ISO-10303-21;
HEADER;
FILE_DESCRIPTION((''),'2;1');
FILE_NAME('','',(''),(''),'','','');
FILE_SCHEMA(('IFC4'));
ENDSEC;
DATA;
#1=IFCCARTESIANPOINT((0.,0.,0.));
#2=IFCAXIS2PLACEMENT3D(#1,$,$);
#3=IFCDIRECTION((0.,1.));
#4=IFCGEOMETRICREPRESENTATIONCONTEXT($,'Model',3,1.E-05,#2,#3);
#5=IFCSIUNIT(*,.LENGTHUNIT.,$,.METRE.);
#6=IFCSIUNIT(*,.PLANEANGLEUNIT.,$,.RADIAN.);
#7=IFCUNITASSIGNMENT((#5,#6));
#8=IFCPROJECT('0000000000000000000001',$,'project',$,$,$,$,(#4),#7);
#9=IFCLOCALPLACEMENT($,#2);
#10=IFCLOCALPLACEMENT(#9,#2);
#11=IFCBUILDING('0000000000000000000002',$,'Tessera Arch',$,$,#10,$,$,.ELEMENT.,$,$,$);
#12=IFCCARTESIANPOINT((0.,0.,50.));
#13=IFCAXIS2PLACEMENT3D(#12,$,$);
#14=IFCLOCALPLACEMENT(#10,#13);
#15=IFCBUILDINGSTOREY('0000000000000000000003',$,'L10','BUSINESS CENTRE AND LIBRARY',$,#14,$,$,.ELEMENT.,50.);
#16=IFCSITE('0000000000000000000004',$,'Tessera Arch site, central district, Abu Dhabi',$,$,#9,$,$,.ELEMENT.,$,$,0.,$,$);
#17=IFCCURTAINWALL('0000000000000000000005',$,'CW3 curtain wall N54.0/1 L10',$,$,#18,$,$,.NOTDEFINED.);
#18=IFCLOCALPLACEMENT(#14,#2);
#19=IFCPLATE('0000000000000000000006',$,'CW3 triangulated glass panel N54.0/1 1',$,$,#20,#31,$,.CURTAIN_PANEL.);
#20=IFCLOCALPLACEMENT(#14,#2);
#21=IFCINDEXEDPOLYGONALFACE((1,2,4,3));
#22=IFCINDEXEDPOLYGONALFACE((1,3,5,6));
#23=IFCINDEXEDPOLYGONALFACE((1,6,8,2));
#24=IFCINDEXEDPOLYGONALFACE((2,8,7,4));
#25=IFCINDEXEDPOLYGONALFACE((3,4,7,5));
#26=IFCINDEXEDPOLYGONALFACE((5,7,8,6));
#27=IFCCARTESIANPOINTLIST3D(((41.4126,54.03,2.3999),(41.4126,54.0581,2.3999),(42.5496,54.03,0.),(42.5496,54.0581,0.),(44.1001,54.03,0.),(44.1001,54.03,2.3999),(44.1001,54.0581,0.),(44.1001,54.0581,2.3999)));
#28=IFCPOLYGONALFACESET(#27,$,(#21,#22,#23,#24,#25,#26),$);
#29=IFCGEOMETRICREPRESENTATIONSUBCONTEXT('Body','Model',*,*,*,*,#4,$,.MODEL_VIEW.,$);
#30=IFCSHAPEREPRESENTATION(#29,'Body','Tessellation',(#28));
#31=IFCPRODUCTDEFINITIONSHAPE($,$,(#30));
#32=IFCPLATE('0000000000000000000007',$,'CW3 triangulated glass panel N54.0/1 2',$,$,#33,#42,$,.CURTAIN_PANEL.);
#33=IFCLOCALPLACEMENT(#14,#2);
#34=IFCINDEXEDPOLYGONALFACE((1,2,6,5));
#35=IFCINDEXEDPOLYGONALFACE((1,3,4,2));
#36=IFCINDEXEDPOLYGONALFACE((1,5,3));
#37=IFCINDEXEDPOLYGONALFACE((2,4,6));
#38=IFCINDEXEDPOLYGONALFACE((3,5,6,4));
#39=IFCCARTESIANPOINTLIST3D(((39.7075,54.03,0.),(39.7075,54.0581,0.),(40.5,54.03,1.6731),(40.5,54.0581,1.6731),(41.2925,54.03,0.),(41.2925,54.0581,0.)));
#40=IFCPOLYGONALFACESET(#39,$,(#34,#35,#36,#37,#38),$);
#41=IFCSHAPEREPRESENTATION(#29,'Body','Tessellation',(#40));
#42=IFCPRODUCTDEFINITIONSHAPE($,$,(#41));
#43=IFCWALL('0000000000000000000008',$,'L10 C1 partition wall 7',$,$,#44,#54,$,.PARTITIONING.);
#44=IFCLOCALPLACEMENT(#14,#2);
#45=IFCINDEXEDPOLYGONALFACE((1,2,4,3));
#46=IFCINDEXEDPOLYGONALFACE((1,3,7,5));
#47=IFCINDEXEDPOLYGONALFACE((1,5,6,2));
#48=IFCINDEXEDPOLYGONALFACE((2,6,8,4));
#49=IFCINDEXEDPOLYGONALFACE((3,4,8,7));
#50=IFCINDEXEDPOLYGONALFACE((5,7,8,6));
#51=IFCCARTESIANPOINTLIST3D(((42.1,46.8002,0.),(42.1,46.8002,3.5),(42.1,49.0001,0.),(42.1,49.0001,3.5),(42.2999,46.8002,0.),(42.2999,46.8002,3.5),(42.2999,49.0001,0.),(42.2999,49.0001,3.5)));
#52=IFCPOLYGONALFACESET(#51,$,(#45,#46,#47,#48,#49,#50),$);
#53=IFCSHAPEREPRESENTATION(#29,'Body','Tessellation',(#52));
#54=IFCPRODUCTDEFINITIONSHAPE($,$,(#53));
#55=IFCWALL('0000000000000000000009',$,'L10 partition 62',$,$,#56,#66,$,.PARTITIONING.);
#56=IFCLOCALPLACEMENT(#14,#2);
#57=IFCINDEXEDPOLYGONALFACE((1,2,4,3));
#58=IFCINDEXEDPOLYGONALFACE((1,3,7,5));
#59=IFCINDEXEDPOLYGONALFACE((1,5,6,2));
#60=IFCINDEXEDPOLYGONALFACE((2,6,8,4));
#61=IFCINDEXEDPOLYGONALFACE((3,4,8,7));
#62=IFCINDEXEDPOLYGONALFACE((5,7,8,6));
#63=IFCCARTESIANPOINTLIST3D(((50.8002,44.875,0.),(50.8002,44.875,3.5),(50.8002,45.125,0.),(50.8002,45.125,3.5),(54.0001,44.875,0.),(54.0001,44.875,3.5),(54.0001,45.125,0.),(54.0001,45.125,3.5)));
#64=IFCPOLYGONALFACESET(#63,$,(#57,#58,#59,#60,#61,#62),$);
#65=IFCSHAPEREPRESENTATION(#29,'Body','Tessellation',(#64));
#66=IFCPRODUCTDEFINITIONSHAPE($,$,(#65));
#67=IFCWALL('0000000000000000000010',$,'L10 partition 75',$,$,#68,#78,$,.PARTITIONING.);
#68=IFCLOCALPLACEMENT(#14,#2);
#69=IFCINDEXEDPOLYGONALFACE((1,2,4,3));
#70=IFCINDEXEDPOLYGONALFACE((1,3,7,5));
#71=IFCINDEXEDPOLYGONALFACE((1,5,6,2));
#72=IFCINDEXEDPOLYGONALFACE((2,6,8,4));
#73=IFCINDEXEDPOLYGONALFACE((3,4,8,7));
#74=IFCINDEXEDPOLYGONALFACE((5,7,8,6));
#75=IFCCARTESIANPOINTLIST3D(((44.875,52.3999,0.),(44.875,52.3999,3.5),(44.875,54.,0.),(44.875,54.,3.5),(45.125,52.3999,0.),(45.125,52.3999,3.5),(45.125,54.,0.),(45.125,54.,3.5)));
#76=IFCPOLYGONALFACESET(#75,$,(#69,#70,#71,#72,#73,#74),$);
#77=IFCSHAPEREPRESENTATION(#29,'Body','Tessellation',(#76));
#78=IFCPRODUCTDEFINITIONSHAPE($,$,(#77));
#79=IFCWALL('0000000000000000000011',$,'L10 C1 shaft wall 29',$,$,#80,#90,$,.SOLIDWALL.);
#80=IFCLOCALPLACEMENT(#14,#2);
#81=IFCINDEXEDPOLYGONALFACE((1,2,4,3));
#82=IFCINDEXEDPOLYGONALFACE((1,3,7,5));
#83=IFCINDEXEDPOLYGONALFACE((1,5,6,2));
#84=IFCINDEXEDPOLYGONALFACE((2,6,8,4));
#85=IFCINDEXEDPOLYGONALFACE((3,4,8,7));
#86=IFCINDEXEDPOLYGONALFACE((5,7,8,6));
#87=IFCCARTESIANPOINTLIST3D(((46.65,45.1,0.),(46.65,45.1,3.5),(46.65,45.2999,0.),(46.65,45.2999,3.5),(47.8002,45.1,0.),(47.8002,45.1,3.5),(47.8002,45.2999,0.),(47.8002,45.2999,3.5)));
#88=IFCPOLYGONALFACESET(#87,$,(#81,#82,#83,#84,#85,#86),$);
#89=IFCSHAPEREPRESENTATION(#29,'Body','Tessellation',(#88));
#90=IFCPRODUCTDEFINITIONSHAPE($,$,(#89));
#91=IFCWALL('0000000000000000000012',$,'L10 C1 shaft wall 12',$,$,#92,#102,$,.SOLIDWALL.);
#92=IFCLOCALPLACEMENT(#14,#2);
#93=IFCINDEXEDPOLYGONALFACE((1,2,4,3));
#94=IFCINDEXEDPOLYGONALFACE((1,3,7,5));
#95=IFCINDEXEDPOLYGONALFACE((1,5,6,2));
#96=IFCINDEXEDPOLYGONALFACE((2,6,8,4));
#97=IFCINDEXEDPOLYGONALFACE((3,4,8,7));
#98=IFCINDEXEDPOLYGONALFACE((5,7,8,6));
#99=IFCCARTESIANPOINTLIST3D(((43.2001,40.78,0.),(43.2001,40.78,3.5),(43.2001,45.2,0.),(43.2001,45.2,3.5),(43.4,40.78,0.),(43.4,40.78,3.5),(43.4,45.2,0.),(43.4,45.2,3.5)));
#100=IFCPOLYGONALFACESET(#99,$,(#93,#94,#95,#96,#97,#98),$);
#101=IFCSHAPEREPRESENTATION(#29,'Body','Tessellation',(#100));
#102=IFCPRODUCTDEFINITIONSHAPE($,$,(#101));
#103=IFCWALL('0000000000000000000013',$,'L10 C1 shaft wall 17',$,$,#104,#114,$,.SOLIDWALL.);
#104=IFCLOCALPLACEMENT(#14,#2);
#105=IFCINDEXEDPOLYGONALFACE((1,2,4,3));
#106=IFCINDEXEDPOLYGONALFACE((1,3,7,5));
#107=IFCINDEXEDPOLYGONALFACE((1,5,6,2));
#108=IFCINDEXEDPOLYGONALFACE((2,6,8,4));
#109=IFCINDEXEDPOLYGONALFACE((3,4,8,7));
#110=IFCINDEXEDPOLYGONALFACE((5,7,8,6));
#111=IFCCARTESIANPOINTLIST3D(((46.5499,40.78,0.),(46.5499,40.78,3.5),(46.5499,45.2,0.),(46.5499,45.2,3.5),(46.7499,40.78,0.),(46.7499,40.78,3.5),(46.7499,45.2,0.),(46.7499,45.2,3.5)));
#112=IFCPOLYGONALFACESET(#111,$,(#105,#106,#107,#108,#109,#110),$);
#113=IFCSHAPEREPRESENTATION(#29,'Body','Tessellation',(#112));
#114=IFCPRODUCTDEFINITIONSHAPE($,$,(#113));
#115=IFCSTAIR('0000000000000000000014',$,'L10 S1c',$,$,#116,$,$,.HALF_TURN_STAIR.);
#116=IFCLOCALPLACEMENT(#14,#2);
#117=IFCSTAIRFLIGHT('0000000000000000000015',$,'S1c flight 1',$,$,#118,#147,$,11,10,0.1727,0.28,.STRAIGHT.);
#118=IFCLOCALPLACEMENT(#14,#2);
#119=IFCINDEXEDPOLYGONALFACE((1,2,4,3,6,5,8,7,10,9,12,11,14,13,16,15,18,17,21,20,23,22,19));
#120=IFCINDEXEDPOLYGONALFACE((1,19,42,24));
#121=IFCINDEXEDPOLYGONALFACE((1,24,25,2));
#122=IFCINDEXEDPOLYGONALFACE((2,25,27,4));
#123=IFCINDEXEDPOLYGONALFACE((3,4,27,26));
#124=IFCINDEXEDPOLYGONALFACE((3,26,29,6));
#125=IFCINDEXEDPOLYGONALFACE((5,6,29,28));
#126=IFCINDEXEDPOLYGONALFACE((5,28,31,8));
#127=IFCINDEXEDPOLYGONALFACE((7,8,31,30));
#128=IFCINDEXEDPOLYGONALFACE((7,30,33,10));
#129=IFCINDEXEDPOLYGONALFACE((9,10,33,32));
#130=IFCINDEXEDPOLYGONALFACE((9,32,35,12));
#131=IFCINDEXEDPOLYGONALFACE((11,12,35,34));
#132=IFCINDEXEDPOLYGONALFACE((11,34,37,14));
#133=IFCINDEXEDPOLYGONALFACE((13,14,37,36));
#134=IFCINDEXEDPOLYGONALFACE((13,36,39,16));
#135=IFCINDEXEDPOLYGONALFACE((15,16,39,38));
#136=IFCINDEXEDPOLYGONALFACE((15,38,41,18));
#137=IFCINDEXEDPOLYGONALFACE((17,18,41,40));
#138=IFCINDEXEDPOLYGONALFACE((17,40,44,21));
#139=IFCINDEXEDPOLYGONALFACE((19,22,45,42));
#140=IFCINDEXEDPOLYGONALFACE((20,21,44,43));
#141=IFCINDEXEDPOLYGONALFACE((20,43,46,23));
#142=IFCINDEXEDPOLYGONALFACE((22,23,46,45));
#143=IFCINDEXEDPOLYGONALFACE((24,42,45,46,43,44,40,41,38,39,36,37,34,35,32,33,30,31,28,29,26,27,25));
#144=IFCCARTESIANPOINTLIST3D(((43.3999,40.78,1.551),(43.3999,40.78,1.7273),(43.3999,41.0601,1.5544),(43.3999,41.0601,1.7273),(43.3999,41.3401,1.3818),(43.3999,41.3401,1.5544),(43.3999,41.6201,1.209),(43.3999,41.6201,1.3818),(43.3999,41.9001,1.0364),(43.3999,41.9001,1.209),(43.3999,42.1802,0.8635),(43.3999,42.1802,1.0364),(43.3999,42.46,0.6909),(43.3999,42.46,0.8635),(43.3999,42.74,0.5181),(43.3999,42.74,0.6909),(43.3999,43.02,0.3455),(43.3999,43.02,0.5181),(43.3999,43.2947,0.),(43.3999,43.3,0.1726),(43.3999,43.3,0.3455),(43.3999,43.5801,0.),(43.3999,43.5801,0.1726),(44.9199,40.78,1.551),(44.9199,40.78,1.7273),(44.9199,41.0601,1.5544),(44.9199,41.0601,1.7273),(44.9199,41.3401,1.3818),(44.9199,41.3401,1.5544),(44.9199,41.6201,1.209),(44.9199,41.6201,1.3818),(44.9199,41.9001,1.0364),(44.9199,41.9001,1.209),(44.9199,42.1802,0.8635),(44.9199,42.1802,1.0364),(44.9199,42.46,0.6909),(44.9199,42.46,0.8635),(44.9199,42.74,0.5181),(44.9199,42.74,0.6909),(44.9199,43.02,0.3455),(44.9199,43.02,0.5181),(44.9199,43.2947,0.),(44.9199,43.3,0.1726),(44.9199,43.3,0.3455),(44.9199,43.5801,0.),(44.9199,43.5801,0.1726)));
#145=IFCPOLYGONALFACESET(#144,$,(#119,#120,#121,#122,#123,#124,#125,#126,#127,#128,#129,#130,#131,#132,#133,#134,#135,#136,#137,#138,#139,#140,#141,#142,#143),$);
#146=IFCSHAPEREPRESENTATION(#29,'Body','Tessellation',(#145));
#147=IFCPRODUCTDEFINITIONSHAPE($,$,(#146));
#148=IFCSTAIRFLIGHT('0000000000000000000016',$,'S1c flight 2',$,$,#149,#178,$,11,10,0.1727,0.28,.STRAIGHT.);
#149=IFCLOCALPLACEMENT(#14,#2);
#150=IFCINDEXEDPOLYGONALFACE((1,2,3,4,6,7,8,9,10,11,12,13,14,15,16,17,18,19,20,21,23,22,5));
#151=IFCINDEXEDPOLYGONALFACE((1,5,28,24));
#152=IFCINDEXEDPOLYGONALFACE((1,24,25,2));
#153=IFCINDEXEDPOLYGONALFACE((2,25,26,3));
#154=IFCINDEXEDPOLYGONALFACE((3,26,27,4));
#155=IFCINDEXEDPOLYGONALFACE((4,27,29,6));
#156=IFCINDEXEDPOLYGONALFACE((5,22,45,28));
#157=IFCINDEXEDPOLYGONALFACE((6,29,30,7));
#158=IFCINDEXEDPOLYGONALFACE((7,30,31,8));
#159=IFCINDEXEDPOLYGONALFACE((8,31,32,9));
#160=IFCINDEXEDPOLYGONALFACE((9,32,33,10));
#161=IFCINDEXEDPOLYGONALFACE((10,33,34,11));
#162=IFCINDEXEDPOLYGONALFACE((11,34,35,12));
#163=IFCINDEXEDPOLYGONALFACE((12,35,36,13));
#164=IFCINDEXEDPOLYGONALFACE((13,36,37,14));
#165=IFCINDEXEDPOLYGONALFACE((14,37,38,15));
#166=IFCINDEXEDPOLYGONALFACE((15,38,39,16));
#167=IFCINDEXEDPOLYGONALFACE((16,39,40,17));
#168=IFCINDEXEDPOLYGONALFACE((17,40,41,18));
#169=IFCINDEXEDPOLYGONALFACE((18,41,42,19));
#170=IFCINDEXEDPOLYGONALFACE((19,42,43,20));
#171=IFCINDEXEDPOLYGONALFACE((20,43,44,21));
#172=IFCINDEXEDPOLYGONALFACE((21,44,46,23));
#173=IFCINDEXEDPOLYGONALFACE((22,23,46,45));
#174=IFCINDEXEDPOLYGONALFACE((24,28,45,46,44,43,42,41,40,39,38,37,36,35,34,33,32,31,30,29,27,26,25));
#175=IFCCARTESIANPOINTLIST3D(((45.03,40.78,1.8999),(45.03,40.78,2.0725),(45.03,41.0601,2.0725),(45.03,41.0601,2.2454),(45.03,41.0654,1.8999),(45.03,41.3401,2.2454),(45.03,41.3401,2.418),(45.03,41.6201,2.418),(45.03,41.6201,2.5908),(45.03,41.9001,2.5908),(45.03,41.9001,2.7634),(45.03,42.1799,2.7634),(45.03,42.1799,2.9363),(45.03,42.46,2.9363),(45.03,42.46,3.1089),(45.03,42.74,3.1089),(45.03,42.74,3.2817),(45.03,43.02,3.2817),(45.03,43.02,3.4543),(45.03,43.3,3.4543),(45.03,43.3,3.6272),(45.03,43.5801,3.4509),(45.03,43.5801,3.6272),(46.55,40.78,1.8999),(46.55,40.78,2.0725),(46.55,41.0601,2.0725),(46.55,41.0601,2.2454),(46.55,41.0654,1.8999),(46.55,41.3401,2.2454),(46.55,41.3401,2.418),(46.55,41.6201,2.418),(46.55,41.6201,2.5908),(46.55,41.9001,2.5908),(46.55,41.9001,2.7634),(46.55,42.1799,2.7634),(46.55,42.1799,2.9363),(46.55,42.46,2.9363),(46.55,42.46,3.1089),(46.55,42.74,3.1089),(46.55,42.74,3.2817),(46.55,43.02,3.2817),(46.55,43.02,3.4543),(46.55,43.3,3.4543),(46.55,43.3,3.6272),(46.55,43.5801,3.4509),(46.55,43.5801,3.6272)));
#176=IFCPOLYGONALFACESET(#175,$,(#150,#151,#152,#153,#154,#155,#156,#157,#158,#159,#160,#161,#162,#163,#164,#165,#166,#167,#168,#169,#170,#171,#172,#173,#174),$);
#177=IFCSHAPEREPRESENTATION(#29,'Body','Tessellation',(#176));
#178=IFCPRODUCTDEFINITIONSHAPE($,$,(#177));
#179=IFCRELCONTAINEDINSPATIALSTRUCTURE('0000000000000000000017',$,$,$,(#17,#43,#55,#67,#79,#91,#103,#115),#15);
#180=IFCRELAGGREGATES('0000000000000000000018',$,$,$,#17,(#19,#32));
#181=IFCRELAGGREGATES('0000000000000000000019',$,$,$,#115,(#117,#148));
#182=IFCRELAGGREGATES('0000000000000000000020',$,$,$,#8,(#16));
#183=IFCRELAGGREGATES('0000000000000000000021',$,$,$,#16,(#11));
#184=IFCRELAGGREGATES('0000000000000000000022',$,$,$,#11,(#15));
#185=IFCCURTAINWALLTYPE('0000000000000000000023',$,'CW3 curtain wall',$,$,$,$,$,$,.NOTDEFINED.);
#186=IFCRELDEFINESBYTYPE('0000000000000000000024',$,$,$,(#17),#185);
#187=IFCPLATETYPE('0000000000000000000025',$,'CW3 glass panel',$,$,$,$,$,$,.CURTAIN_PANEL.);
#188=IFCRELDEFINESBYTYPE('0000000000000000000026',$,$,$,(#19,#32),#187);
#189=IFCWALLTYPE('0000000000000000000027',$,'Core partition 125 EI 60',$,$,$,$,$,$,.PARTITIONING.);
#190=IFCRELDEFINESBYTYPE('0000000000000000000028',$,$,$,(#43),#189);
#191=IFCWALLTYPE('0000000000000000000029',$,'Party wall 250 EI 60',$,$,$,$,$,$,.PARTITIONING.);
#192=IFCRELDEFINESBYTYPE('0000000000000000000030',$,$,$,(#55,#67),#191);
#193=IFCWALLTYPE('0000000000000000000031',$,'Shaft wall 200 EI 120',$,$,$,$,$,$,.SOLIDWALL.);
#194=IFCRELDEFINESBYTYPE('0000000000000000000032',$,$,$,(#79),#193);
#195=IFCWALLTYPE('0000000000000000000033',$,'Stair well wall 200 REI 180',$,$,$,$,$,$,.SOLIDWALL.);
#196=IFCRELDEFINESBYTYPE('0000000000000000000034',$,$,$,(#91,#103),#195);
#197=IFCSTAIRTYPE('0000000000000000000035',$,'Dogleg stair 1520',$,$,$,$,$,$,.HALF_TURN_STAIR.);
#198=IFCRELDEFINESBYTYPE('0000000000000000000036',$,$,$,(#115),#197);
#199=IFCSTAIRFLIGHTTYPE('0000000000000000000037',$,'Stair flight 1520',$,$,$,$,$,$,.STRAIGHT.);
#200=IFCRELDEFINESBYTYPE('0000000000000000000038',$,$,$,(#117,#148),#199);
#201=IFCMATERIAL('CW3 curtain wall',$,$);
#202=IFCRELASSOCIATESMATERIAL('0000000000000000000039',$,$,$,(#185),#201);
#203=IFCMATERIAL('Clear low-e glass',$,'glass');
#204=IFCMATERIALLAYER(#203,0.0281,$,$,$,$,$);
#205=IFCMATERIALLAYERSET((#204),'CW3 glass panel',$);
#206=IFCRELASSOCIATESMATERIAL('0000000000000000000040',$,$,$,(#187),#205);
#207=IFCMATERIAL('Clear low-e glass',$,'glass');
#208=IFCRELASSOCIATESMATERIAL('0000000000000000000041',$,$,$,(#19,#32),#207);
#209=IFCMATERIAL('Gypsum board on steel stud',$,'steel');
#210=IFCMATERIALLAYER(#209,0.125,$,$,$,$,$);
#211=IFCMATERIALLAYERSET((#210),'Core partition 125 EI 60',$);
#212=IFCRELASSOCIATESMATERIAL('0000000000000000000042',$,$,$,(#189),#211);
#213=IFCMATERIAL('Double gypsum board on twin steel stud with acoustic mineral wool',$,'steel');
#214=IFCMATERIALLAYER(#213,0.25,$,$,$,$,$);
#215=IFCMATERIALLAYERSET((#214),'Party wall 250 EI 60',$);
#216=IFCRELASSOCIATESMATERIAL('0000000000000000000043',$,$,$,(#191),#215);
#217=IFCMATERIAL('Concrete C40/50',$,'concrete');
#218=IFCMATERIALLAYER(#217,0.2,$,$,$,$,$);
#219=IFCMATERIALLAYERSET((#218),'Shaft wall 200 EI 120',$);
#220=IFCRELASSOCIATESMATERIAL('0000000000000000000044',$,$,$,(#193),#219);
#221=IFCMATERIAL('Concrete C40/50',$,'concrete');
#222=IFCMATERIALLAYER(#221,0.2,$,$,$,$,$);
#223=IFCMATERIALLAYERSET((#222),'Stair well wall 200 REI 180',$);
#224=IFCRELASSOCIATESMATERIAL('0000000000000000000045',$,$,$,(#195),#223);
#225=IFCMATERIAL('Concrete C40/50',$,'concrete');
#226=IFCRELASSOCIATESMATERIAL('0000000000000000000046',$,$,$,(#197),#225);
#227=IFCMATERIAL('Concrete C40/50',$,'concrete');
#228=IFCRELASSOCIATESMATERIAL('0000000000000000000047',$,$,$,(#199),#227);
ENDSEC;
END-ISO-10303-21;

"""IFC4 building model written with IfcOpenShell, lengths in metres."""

from ifc_helpers import new_model, si_unit, direction, frame, frame_2d, origin, place, context, subcontext, project, spatial, polyline, rectangle, outline, extrude, material, layer, layer_set, type_object, element, aggregate, save


model = new_model("IFC4")

# Units and contexts
model_context = context("Model", 3, precision=1e-05, world=origin(), true_north=direction((0.0, 1.0)))
body_context = subcontext(model_context, "Body", "Model", "MODEL_VIEW")
ifc_project = project(units=[si_unit("LENGTHUNIT", "METRE"), si_unit("PLANEANGLEUNIT", "RADIAN")], contexts=[model_context])

# Site, building, storey
site_placement = place(None, origin())
site = spatial("IfcSite", under=ifc_project, at=site_placement, Name="Tessera Arch site, central district, Abu Dhabi", CompositionType="ELEMENT", RefElevation=0.0)
building_placement = place(site_placement, origin())
building = spatial("IfcBuilding", under=site, at=building_placement, Name="Tessera Arch", CompositionType="ELEMENT")
storey_placement = place(building_placement, frame((0.0, 0.0, 50.0)))
storey = spatial("IfcBuildingStorey", under=building, at=storey_placement, Name="L10", Description="BUSINESS CENTRE AND LIBRARY", CompositionType="ELEMENT", Elevation=50.0)

# Curtain wall
ifc_material_1 = material(Name="CW3 curtain wall")
curtain_wall_type_1 = type_object("IfcCurtainWallType", Name="CW3 curtain wall", PredefinedType="NOTDEFINED", material=ifc_material_1)
curtain_wall_1_placement = place(storey_placement, origin())
curtain_wall_1 = element("IfcCurtainWall", 1, at=curtain_wall_1_placement, inside=storey, type_object=curtain_wall_type_1, Name="CW3 curtain wall N54.0/1 L10", PredefinedType="NOTDEFINED")

# Shared definitions
ifc_material_2 = material(Name="Clear low-e glass", Category="glass")

# Plates
ifc_material_3 = material(Name="Clear low-e glass", Category="glass")
ifc_layer_1 = layer(ifc_material_3, 0.0281)
ifc_layer_set_1 = layer_set([ifc_layer_1], Name="CW3 glass panel")
plate_type_1 = type_object("IfcPlateType", Name="CW3 glass panel", PredefinedType="CURTAIN_PANEL", material=ifc_layer_set_1)
plate_1_placement = place(storey_placement, frame((44.1001, 54.0581, 0.0), z_axis=(0.0, 1.0, 0.0), x_axis=(-1.0, 0.0, 0.0)))
plate_1 = element("IfcPlate", 2, at=plate_1_placement, type_object=plate_type_1, material=ifc_material_2, Name="CW3 triangulated glass panel N54.0/1 1", PredefinedType="CURTAIN_PANEL", context=body_context, shape_type="SweptSolid", body=[
    extrude(outline(polyline([(0.0, 0.0), (1.5505, 0.0), (2.6875, 2.3999), (0.0, 2.3999), (0.0, 0.0)])), origin(), (0.0, 0.0, -1.0), 0.0281),
])
plate_2_placement = place(storey_placement, frame((41.2925, 54.0581, 0.0), z_axis=(0.0, 1.0, 0.0), x_axis=(-1.0, 0.0, 0.0)))
plate_2 = element("IfcPlate", 3, at=plate_2_placement, type_object=plate_type_1, material=ifc_material_2, Name="CW3 triangulated glass panel N54.0/1 2", PredefinedType="CURTAIN_PANEL", context=body_context, shape_type="SweptSolid", body=[
    extrude(outline(polyline([(0.0, 0.0), (1.585, 0.0), (0.7925, 1.6731), (0.0, 0.0)])), origin(), (0.0, 0.0, -1.0), 0.0281),
])
aggregate(curtain_wall_1, [plate_1, plate_2])

# Walls
ifc_material_4 = material(Name="Gypsum board on steel stud", Category="steel")
ifc_layer_2 = layer(ifc_material_4, 0.125)
ifc_layer_set_2 = layer_set([ifc_layer_2], Name="Core partition 125 EI 60")
wall_type_1 = type_object("IfcWallType", Name="Core partition 125 EI 60", PredefinedType="PARTITIONING", material=ifc_layer_set_2)
wall_1_placement = place(storey_placement, frame((42.2, 46.8, 0.0), z_axis=(0.0, 0.0, 1.0), x_axis=(0.0, 1.0, 0.0)))
element("IfcWall", 4, at=wall_1_placement, inside=storey, type_object=wall_type_1, Name="L10 C1 partition wall 7", PredefinedType="PARTITIONING", context=body_context, shape_type="SweptSolid", body=[
    extrude(rectangle(XDim=2.2, YDim=0.2, at=frame_2d((1.1001, 0.0))), origin(), (0.0, 0.0, 1.0), 3.5),
])
ifc_material_5 = material(Name="Double gypsum board on twin steel stud with acoustic mineral wool", Category="steel")
ifc_layer_3 = layer(ifc_material_5, 0.25)
ifc_layer_set_3 = layer_set([ifc_layer_3], Name="Party wall 250 EI 60")
wall_type_2 = type_object("IfcWallType", Name="Party wall 250 EI 60", PredefinedType="PARTITIONING", material=ifc_layer_set_3)
wall_2_placement = place(storey_placement, frame((50.8, 45.0, 0.0), z_axis=(0.0, 0.0, 1.0), x_axis=(1.0, 0.0, 0.0)))
element("IfcWall", 5, at=wall_2_placement, inside=storey, type_object=wall_type_2, Name="L10 partition 62", PredefinedType="PARTITIONING", context=body_context, shape_type="SweptSolid", body=[
    extrude(rectangle(XDim=3.2, YDim=0.25, at=frame_2d((1.6001, 0.0))), origin(), (0.0, 0.0, 1.0), 3.5),
])
wall_3_placement = place(storey_placement, frame((45.0, 52.3999, 0.0), z_axis=(0.0, 0.0, 1.0), x_axis=(0.0, 1.0, 0.0)))
element("IfcWall", 6, at=wall_3_placement, inside=storey, type_object=wall_type_2, Name="L10 partition 75", PredefinedType="PARTITIONING", context=body_context, shape_type="SweptSolid", body=[
    extrude(rectangle(XDim=1.6001, YDim=0.25, at=frame_2d((0.8, 0.0))), origin(), (0.0, 0.0, 1.0), 3.5),
])
ifc_material_6 = material(Name="Concrete C40/50", Category="concrete")
ifc_layer_4 = layer(ifc_material_6, 0.2)
ifc_layer_set_4 = layer_set([ifc_layer_4], Name="Shaft wall 200 EI 120")
wall_type_3 = type_object("IfcWallType", Name="Shaft wall 200 EI 120", PredefinedType="SOLIDWALL", material=ifc_layer_set_4)
wall_4_placement = place(storey_placement, frame((46.6499, 45.2, 0.0), z_axis=(0.0, 0.0, 1.0), x_axis=(1.0, 0.0, 0.0)))
element("IfcWall", 7, at=wall_4_placement, inside=storey, type_object=wall_type_3, Name="L10 C1 shaft wall 29", PredefinedType="SOLIDWALL", context=body_context, shape_type="SweptSolid", body=[
    extrude(rectangle(XDim=1.1501, YDim=0.2, at=frame_2d((0.5752, 0.0))), origin(), (0.0, 0.0, 1.0), 3.5),
])
ifc_material_7 = material(Name="Concrete C40/50", Category="concrete")
ifc_layer_5 = layer(ifc_material_7, 0.2)
ifc_layer_set_5 = layer_set([ifc_layer_5], Name="Stair well wall 200 REI 180")
wall_type_4 = type_object("IfcWallType", Name="Stair well wall 200 REI 180", PredefinedType="SOLIDWALL", material=ifc_layer_set_5)
for number, where, z_axis, x_axis, name in (
    (8, (43.3, 40.78, 0.0), (0.0, 0.0, 1.0), (0.0, 1.0, 0.0), "L10 C1 shaft wall 12"),
    (9, (46.6499, 40.78, 0.0), (0.0, 0.0, 1.0), (0.0, 1.0, 0.0), "L10 C1 shaft wall 17"),
):
    element("IfcWall", number, at=place(storey_placement, frame(where, z_axis=z_axis, x_axis=x_axis)), inside=storey, type_object=wall_type_4, Name=name, PredefinedType="SOLIDWALL", context=body_context, shape_type="SweptSolid", body=[
        extrude(rectangle(XDim=4.4199, YDim=0.2, at=frame_2d((2.21, 0.0))), origin(), (0.0, 0.0, 1.0), 3.5),
    ])

# Stair, stair flights
ifc_material_8 = material(Name="Concrete C40/50", Category="concrete")
stair_type = type_object("IfcStairType", Name="Dogleg stair 1520", PredefinedType="HALF_TURN_STAIR", material=ifc_material_8)
stair_placement = place(storey_placement, origin())
stair = element("IfcStair", 10, at=stair_placement, inside=storey, type_object=stair_type, Name="L10 S1c", PredefinedType="HALF_TURN_STAIR")
ifc_material_9 = material(Name="Concrete C40/50", Category="concrete")
stair_flight_type = type_object("IfcStairFlightType", Name="Stair flight 1520", PredefinedType="STRAIGHT", material=ifc_material_9)
stair_flight_1_placement = place(storey_placement, frame((44.1599, 43.5801, 0.0), z_axis=(0.0, 0.0, 1.0), x_axis=(0.0, -1.0, 0.0)))
stair_flight_1 = element("IfcStairFlight", 11, at=stair_flight_1_placement, type_object=stair_flight_type, Name="S1c flight 1", NumberOfRisers=11, NumberOfTreads=10, PredefinedType="STRAIGHT", RiserHeight=0.1727, TreadLength=0.28, context=body_context, shape_type="SweptSolid", body=[
    extrude(outline(polyline([(0.0, 0.0), (0.0, 0.1726), (0.28, 0.1726), (0.28, 0.3455), (0.5601, 0.3455), (0.5601, 0.5181), (0.8401, 0.5181), (0.8401, 0.6909), (1.1201, 0.6909), (1.1201, 0.8635), (1.3999, 0.8635), (1.3999, 1.0364), (1.6799, 1.0364), (1.6799, 1.209), (1.96, 1.209), (1.96, 1.3818), (2.24, 1.3818), (2.24, 1.5544), (2.52, 1.5544), (2.52, 1.7273), (2.8, 1.7273), (2.8, 1.8999), (2.8, 1.551), (0.2854, 0.0), (0.0, 0.0)])), frame((0.0, 0.76, 0.0), z_axis=(0.0, -1.0, 0.0), x_axis=(1.0, 0.0, 0.0)), (0.0, 0.0, 1.0), 1.52),
])
stair_flight_2_placement = place(storey_placement, frame((45.79, 40.78, 1.8999), z_axis=(0.0, 0.0, 1.0), x_axis=(0.0, 1.0, 0.0)))
stair_flight_2 = element("IfcStairFlight", 12, at=stair_flight_2_placement, type_object=stair_flight_type, Name="S1c flight 2", NumberOfRisers=11, NumberOfTreads=10, PredefinedType="STRAIGHT", RiserHeight=0.1727, TreadLength=0.28, context=body_context, shape_type="SweptSolid", body=[
    extrude(outline(polyline([(0.0, 0.0), (0.0, 0.1726), (0.28, 0.1726), (0.28, 0.3455), (0.5601, 0.3455), (0.5601, 0.5181), (0.8401, 0.5181), (0.8401, 0.6909), (1.1201, 0.6909), (1.1201, 0.8635), (1.3999, 0.8635), (1.3999, 1.0364), (1.6799, 1.0364), (1.6799, 1.209), (1.96, 1.209), (1.96, 1.3818), (2.24, 1.3818), (2.24, 1.5544), (2.52, 1.5544), (2.52, 1.7273), (2.8, 1.7273), (2.8, 1.8999), (2.8, 1.551), (0.2854, 0.0), (0.0, 0.0)])), frame((0.0, 0.76, 0.0), z_axis=(0.0, -1.0, 0.0), x_axis=(1.0, 0.0, 0.0)), (0.0, 0.0, 1.0), 1.52),
])
aggregate(stair, [stair_flight_1, stair_flight_2])

save(model, "model.ifc")
